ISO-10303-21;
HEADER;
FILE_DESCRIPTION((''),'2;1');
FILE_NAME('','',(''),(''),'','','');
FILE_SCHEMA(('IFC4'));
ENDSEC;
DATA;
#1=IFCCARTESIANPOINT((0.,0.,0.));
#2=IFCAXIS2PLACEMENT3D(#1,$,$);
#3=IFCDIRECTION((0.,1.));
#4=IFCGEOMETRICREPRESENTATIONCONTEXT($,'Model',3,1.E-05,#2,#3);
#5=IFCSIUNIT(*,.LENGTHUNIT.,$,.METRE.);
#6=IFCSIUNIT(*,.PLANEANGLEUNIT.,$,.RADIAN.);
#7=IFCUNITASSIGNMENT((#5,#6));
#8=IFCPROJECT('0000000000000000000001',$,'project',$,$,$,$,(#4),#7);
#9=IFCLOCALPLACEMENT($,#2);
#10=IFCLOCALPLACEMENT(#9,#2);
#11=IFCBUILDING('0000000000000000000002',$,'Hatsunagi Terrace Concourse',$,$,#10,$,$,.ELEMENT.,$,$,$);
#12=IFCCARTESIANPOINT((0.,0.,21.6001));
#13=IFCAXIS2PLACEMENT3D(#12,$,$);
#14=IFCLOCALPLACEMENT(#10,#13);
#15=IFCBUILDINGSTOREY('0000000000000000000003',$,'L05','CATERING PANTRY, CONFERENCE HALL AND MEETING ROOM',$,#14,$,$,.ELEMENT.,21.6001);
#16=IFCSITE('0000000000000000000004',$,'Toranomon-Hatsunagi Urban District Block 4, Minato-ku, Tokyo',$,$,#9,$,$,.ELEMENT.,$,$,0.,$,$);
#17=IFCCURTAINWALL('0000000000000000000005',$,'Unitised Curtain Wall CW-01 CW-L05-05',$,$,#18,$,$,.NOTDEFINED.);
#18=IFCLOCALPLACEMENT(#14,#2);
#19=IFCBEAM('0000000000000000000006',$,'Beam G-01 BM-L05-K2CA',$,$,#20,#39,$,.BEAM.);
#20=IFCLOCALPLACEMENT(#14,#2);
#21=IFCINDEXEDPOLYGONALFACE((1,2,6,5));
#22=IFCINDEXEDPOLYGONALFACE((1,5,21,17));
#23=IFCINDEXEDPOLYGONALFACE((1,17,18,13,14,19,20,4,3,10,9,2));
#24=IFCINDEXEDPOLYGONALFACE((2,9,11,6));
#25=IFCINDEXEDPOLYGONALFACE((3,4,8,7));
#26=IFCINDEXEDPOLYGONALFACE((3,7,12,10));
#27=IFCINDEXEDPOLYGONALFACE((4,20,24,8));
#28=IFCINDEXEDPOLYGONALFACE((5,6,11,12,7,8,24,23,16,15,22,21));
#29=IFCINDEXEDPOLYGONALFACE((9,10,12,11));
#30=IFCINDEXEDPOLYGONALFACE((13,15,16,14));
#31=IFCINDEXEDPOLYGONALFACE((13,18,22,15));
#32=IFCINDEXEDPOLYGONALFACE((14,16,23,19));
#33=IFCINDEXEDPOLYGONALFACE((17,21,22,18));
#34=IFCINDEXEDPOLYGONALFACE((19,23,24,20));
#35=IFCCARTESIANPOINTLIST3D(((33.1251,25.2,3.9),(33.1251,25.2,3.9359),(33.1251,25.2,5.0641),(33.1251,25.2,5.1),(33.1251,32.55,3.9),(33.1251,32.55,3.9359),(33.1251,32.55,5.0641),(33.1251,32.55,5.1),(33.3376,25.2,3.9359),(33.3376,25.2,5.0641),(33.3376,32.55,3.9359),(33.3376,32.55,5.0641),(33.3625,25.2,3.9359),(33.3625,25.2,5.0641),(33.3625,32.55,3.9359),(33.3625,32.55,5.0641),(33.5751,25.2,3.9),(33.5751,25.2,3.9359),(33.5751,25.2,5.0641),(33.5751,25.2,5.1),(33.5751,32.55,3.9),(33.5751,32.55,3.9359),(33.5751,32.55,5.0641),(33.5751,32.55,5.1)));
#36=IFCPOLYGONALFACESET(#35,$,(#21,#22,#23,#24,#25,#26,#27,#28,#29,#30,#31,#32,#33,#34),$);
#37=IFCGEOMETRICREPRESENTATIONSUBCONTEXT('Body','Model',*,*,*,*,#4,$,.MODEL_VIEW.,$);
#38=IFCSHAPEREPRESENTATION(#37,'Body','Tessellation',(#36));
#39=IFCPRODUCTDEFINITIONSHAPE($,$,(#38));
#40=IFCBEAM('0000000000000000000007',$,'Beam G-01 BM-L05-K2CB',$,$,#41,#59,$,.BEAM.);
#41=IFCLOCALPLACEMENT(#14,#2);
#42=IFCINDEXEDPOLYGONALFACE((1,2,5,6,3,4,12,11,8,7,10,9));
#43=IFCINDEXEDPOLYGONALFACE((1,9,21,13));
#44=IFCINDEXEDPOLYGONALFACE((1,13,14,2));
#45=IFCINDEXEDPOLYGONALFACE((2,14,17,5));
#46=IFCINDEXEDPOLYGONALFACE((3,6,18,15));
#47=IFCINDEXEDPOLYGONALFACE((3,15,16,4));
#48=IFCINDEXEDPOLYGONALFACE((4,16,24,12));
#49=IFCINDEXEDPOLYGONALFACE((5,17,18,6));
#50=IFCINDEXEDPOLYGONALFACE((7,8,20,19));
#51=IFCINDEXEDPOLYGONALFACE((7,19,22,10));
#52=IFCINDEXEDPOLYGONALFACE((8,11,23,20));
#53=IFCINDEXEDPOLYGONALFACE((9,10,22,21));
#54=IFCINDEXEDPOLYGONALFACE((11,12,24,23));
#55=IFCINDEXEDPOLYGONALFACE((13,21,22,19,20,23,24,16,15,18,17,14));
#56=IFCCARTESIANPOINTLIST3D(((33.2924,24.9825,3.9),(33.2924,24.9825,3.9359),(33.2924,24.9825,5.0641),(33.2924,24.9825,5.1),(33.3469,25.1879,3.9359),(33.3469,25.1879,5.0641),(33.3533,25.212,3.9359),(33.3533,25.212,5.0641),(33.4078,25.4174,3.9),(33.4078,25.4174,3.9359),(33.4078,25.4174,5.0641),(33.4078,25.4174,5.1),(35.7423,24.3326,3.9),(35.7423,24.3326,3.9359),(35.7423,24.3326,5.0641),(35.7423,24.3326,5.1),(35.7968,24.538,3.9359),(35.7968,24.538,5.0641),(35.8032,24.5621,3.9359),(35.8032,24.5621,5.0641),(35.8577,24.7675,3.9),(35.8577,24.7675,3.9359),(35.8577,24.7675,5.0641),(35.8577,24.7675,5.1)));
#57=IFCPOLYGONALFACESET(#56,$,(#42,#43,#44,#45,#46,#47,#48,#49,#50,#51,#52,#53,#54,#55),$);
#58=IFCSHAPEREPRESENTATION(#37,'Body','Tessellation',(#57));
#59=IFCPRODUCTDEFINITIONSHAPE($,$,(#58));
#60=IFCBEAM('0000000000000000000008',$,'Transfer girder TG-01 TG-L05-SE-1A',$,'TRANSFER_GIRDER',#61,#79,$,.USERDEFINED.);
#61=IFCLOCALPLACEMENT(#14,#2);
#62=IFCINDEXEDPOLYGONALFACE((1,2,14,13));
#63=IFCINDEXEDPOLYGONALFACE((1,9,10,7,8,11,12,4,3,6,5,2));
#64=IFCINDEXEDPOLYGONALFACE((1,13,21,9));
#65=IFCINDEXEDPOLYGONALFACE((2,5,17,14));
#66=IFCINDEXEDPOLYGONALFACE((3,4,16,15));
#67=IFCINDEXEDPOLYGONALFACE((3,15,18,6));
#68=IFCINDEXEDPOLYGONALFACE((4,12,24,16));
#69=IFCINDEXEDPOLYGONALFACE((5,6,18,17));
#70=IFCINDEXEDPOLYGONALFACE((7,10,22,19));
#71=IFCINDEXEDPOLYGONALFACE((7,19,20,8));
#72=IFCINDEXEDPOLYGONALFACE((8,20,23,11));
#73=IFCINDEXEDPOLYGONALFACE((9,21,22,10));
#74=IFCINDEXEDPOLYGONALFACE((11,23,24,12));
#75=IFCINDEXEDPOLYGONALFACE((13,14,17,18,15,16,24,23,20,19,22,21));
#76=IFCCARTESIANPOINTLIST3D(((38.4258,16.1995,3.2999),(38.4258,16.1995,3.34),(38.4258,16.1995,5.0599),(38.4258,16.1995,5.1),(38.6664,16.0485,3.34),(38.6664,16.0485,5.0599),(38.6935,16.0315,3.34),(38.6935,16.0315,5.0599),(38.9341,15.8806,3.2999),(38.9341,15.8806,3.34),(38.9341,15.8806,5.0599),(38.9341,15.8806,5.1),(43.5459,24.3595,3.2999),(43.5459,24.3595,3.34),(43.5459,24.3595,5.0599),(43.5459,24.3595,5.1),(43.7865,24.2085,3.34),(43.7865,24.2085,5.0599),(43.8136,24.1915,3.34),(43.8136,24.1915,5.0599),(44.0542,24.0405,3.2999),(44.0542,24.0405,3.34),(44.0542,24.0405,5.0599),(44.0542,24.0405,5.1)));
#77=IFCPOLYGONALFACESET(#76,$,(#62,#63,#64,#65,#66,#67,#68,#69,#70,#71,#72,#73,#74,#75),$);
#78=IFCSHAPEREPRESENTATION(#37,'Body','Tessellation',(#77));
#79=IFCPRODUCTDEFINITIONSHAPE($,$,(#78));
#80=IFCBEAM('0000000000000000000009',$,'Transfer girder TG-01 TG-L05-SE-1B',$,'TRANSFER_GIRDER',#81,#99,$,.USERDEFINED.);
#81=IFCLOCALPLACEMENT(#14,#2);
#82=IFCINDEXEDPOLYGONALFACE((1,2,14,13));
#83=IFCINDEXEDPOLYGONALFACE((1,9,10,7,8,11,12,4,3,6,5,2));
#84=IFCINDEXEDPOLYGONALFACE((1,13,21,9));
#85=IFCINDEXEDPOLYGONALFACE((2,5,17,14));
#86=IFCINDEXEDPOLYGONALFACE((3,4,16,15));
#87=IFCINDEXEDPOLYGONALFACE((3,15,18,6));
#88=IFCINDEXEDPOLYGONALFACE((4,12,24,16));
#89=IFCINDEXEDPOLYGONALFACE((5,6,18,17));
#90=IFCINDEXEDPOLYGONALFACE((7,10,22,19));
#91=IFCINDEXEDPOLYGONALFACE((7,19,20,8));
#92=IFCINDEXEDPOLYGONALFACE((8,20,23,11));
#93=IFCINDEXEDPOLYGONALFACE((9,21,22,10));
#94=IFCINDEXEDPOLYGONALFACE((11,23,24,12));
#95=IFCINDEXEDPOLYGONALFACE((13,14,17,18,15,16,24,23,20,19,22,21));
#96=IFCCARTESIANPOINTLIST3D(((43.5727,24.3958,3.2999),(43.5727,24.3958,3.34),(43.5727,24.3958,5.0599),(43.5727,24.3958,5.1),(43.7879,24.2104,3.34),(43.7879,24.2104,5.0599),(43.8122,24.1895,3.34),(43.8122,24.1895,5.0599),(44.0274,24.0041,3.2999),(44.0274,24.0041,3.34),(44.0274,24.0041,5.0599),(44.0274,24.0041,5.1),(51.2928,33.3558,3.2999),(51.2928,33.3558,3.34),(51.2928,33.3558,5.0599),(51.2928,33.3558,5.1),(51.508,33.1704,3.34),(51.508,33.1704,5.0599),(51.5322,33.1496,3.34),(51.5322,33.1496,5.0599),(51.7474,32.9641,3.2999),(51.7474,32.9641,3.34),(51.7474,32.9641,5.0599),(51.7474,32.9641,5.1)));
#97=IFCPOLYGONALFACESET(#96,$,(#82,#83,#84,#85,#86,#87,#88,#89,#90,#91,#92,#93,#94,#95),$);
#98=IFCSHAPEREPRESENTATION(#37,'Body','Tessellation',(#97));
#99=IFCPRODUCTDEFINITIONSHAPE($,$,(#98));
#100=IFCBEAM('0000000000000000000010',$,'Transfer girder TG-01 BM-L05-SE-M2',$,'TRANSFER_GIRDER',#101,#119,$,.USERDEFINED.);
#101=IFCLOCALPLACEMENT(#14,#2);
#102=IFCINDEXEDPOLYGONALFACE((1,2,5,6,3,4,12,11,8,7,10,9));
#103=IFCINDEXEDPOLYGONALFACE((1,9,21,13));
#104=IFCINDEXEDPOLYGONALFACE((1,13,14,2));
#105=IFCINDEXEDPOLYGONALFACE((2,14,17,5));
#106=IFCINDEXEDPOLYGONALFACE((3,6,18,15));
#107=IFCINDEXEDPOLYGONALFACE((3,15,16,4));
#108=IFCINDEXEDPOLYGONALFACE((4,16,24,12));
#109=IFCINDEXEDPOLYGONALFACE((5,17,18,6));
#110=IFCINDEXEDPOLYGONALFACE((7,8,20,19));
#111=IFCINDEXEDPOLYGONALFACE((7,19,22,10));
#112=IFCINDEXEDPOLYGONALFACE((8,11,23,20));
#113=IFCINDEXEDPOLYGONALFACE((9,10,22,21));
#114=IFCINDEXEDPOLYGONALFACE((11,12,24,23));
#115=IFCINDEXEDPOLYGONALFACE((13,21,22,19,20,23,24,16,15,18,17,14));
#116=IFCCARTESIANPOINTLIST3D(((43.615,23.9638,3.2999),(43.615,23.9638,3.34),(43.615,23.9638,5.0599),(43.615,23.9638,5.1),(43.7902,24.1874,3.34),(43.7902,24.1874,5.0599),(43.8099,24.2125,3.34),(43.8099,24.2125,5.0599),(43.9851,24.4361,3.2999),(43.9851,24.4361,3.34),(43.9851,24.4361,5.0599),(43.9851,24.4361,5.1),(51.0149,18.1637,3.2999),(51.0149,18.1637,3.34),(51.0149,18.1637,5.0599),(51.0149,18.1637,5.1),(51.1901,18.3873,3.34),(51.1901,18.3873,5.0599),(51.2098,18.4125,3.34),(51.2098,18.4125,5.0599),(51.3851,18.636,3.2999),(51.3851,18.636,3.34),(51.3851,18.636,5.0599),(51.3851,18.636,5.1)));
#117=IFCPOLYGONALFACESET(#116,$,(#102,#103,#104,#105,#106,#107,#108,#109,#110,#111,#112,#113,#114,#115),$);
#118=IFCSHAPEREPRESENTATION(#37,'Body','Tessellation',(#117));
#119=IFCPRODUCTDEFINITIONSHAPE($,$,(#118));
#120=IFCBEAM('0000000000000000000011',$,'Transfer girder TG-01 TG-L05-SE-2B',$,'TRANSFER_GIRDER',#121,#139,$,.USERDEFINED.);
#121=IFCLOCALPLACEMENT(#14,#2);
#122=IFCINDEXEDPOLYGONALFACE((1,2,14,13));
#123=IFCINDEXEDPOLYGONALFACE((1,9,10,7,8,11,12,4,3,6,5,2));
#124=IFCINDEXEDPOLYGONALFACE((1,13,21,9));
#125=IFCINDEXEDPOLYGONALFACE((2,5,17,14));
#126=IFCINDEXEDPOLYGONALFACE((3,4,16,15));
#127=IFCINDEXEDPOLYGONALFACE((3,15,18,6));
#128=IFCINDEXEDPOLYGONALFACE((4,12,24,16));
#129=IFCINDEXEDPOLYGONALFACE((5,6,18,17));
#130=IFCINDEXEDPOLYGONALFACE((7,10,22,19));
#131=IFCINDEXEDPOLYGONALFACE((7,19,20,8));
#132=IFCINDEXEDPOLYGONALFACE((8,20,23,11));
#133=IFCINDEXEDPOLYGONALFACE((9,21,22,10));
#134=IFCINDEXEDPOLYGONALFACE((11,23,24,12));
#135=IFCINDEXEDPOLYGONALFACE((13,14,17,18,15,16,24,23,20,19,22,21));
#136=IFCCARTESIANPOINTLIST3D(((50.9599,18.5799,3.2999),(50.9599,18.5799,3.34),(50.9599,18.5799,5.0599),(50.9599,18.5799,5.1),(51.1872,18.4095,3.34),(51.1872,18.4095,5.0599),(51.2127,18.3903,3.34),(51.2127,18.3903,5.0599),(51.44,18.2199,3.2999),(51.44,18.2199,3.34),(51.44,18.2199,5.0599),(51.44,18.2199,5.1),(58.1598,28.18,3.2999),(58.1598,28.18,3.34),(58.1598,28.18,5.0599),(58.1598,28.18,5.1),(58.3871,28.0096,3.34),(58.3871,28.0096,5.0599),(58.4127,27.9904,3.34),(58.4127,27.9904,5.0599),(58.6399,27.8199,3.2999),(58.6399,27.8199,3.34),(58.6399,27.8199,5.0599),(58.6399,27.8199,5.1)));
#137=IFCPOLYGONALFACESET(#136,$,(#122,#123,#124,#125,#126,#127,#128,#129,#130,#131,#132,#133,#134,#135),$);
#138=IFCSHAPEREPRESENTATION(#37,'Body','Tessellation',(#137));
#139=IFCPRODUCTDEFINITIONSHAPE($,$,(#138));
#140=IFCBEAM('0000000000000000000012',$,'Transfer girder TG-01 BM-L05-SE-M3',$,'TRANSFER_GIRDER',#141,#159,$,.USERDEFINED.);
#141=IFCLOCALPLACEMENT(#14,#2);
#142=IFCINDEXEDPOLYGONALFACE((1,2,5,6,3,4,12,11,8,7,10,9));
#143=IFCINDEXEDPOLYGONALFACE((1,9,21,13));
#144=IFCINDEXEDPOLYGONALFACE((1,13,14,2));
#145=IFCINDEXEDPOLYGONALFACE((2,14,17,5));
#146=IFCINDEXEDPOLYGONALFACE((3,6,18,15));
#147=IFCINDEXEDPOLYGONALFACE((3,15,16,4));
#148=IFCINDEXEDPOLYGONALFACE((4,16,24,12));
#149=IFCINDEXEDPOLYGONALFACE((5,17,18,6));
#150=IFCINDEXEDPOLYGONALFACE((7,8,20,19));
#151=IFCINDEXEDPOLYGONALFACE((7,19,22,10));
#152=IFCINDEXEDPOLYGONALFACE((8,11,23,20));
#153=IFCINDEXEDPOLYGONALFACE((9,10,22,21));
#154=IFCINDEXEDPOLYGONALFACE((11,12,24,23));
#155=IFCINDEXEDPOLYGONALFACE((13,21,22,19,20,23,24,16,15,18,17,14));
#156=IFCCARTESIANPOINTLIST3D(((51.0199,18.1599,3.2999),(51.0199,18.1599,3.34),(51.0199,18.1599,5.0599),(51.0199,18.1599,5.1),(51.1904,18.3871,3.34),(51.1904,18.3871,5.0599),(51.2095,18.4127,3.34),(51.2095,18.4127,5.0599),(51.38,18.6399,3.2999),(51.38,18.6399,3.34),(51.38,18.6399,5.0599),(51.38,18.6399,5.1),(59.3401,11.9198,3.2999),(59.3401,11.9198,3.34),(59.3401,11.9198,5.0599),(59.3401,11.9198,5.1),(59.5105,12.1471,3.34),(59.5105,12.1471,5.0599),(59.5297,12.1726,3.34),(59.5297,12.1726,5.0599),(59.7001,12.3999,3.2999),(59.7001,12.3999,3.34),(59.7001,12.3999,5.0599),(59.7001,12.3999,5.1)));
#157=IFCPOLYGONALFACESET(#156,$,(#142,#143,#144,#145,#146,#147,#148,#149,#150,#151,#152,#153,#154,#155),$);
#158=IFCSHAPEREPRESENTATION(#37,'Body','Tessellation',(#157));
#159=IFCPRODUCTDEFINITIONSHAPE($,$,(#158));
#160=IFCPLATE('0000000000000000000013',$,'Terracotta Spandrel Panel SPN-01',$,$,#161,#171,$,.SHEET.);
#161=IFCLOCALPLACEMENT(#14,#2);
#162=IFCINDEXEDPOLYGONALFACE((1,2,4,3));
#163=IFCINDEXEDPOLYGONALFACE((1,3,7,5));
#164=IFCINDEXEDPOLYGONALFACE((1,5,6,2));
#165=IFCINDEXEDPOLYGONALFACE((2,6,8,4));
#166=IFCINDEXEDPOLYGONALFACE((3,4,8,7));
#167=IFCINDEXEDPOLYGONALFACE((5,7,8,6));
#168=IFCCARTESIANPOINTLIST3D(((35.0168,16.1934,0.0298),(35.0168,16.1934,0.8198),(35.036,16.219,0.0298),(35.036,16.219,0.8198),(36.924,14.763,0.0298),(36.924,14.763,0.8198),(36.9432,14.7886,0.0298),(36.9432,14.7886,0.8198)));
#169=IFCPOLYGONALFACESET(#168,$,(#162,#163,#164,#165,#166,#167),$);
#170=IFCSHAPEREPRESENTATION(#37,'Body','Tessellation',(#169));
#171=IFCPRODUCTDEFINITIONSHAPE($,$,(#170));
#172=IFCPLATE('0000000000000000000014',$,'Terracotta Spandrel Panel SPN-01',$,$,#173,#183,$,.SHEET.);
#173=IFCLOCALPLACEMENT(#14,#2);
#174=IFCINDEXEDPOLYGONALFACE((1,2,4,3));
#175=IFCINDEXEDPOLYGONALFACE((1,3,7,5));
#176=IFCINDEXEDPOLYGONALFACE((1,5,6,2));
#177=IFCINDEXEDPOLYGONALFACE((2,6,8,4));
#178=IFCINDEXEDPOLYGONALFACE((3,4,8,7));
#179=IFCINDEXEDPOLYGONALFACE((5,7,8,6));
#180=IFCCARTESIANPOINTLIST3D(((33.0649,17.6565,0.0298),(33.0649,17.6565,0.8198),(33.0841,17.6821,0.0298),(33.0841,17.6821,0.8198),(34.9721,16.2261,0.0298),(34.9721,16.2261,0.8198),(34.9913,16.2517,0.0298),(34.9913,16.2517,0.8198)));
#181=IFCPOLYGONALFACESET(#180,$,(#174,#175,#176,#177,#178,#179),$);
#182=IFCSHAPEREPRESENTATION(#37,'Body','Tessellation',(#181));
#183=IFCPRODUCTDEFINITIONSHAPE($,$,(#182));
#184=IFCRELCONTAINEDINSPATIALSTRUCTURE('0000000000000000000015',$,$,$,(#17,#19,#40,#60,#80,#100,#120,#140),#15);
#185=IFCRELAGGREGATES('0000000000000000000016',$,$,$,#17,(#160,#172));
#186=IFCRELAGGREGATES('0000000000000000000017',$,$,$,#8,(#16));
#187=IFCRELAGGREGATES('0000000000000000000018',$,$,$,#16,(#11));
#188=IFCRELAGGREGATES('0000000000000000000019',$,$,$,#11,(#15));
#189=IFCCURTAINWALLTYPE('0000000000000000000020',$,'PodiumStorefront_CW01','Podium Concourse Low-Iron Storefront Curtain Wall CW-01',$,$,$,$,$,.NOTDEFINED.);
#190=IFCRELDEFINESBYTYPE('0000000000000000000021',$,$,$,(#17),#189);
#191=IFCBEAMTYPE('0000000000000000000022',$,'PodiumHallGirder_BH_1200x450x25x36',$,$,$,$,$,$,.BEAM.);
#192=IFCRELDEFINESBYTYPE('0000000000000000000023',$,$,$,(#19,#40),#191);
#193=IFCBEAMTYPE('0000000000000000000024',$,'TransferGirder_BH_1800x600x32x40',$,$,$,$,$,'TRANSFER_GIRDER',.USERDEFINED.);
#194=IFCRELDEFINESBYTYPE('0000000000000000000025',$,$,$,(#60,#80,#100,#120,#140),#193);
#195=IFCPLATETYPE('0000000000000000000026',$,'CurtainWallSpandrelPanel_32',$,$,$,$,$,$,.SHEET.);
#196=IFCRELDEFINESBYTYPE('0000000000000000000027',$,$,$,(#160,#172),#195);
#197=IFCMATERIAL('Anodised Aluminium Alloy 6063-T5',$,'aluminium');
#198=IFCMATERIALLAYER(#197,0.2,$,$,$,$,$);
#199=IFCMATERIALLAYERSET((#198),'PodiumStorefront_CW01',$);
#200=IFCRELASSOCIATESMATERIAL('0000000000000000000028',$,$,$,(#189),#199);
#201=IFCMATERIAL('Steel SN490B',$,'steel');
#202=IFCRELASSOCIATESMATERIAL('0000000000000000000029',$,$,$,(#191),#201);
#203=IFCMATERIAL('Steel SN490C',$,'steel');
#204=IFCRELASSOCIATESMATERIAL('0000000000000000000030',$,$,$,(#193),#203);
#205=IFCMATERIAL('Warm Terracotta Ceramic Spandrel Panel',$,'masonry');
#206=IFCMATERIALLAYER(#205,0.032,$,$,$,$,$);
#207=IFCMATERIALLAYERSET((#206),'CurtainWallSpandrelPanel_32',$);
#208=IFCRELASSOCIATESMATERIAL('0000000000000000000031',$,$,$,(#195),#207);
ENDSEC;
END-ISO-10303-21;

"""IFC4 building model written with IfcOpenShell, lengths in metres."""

from ifc_helpers import new_model, si_unit, direction, frame, origin, origin_2d, place, context, subcontext, project, spatial, rectangle, i_section, extrude, material, layer, layer_set, material_profile, profile_set, type_object, element, aggregate, save


model = new_model("IFC4")

# Units and contexts
model_context = context("Model", 3, precision=1e-05, world=origin(), true_north=direction((0.0, 1.0)))
body_context = subcontext(model_context, "Body", "Model", "MODEL_VIEW")
ifc_project = project(units=[si_unit("LENGTHUNIT", "METRE"), si_unit("PLANEANGLEUNIT", "RADIAN")], contexts=[model_context])

# Site, building, storey
site_placement = place(None, origin())
site = spatial("IfcSite", under=ifc_project, at=site_placement, Name="Toranomon-Hatsunagi Urban District Block 4, Minato-ku, Tokyo", CompositionType="ELEMENT", RefElevation=0.0)
building_placement = place(site_placement, origin())
building = spatial("IfcBuilding", under=site, at=building_placement, Name="Hatsunagi Terrace Concourse", CompositionType="ELEMENT")
storey_placement = place(building_placement, frame((0.0, 0.0, 21.6001)))
storey = spatial("IfcBuildingStorey", under=building, at=storey_placement, Name="L05", Description="CATERING PANTRY, CONFERENCE HALL AND MEETING ROOM", CompositionType="ELEMENT", Elevation=21.6001)

# Curtain wall
ifc_material_1 = material(Name="Anodised Aluminium Alloy 6063-T5", Category="aluminium")
ifc_layer_1 = layer(ifc_material_1, 0.2)
ifc_layer_set_1 = layer_set([ifc_layer_1], Name="PodiumStorefront_CW01")
curtain_wall_type = type_object("IfcCurtainWallType", Name="PodiumStorefront_CW01", Description="Podium Concourse Low-Iron Storefront Curtain Wall CW-01", PredefinedType="NOTDEFINED", material=ifc_layer_set_1)
curtain_wall_placement = place(storey_placement, origin())
curtain_wall = element("IfcCurtainWall", 1, at=curtain_wall_placement, inside=storey, type_object=curtain_wall_type, Name="Unitised Curtain Wall CW-01 CW-L05-05", PredefinedType="NOTDEFINED")

# Beams
ifc_material_2 = material(Name="Steel SN490B", Category="steel")
ifc_material_profile_1 = material_profile(ifc_material_2, i_section(OverallWidth=0.45, OverallDepth=1.2, WebThickness=0.0249, FlangeThickness=0.0359, at=origin_2d()), Name="BH-1200x450x25x36")
ifc_profile_set_1 = profile_set([ifc_material_profile_1], Name="Steel SN490B")
beam_type_1 = type_object("IfcBeamType", Name="PodiumHallGirder_BH_1200x450x25x36", PredefinedType="BEAM", material=ifc_profile_set_1)
beam_1_placement = place(storey_placement, frame((33.3501, 25.2, 4.5), z_axis=(0.0, 1.0, 0.0), x_axis=(-1.0, 0.0, 0.0)))
element("IfcBeam", 2, at=beam_1_placement, inside=storey, type_object=beam_type_1, Name="Beam G-01 BM-L05-K2CA", PredefinedType="BEAM", context=body_context, shape_type="SweptSolid", body=[
    extrude(i_section(OverallWidth=0.45, OverallDepth=1.2, WebThickness=0.0249, FlangeThickness=0.0359, at=origin_2d()), origin(), (0.0, 0.0, 1.0), 7.3501),
])
beam_2_placement = place(storey_placement, frame((33.3501, 25.2, 4.5), z_axis=(0.96657, -0.256403, 0.0), x_axis=(0.256403, 0.96657, 0.0)))
element("IfcBeam", 3, at=beam_2_placement, inside=storey, type_object=beam_type_1, Name="Beam G-01 BM-L05-K2CB", PredefinedType="BEAM", context=body_context, shape_type="SweptSolid", body=[
    extrude(i_section(OverallWidth=0.45, OverallDepth=1.2, WebThickness=0.0249, FlangeThickness=0.0359, at=origin_2d()), origin(), (0.0, 0.0, 1.0), 2.5347),
])
ifc_material_3 = material(Name="Steel SN490C", Category="steel")
ifc_material_profile_2 = material_profile(ifc_material_3, i_section(OverallWidth=0.6001, OverallDepth=1.8, WebThickness=0.032, FlangeThickness=0.04, at=origin_2d()), Name="BH-1800x600x32x40")
ifc_profile_set_2 = profile_set([ifc_material_profile_2], Name="Steel SN490C")
beam_type_2 = type_object("IfcBeamType", Name="TransferGirder_BH_1800x600x32x40", ElementType="TRANSFER_GIRDER", PredefinedType="USERDEFINED", material=ifc_profile_set_2)
beam_3_placement = place(storey_placement, frame((38.6799, 16.04, 4.2), z_axis=(0.531504, 0.847056, 0.0), x_axis=(-0.847056, 0.531504, 0.0)))
element("IfcBeam", 4, at=beam_3_placement, inside=storey, type_object=beam_type_2, Name="Transfer girder TG-01 TG-L05-SE-1A", ObjectType="TRANSFER_GIRDER", PredefinedType="USERDEFINED", context=body_context, shape_type="SweptSolid", body=[
    extrude(i_section(OverallWidth=0.6001, OverallDepth=1.8, WebThickness=0.032, FlangeThickness=0.04, at=origin_2d()), origin(), (0.0, 0.0, 1.0), 9.6333),
])
beam_4_placement = place(storey_placement, frame((43.8, 24.2, 4.2), z_axis=(0.652739, 0.757583, 0.0), x_axis=(-0.757583, 0.652739, 0.0)))
element("IfcBeam", 5, at=beam_4_placement, inside=storey, type_object=beam_type_2, Name="Transfer girder TG-01 TG-L05-SE-1B", ObjectType="TRANSFER_GIRDER", PredefinedType="USERDEFINED", context=body_context, shape_type="SweptSolid", body=[
    extrude(i_section(OverallWidth=0.6001, OverallDepth=1.8, WebThickness=0.032, FlangeThickness=0.04, at=origin_2d()), origin(), (0.0, 0.0, 1.0), 11.8271),
])
beam_5_placement = place(storey_placement, frame((43.8, 24.2, 4.2), z_axis=(0.787049, -0.61689, 0.0), x_axis=(0.61689, 0.787049, 0.0)))
element("IfcBeam", 6, at=beam_5_placement, inside=storey, type_object=beam_type_2, Name="Transfer girder TG-01 BM-L05-SE-M2", ObjectType="TRANSFER_GIRDER", PredefinedType="USERDEFINED", context=body_context, shape_type="SweptSolid", body=[
    extrude(i_section(OverallWidth=0.6001, OverallDepth=1.8, WebThickness=0.032, FlangeThickness=0.04, at=origin_2d()), origin(), (0.0, 0.0, 1.0), 9.4021),
])
beam_6_placement = place(storey_placement, frame((51.2, 18.3999, 4.2), z_axis=(0.599993, 0.800005, 0.0), x_axis=(-0.800005, 0.599993, 0.0)))
element("IfcBeam", 7, at=beam_6_placement, inside=storey, type_object=beam_type_2, Name="Transfer girder TG-01 TG-L05-SE-2B", ObjectType="TRANSFER_GIRDER", PredefinedType="USERDEFINED", context=body_context, shape_type="SweptSolid", body=[
    extrude(i_section(OverallWidth=0.6001, OverallDepth=1.8, WebThickness=0.032, FlangeThickness=0.04, at=origin_2d()), origin(), (0.0, 0.0, 1.0), 12.0),
])
beam_7_placement = place(storey_placement, frame((51.2, 18.3999, 4.2), z_axis=(0.800003, -0.599996, 0.0), x_axis=(0.599996, 0.800003, 0.0)))
element("IfcBeam", 8, at=beam_7_placement, inside=storey, type_object=beam_type_2, Name="Transfer girder TG-01 BM-L05-SE-M3", ObjectType="TRANSFER_GIRDER", PredefinedType="USERDEFINED", context=body_context, shape_type="SweptSolid", body=[
    extrude(i_section(OverallWidth=0.6001, OverallDepth=1.8, WebThickness=0.032, FlangeThickness=0.04, at=origin_2d()), origin(), (0.0, 0.0, 1.0), 10.4001),
])

# Plates
ifc_material_4 = material(Name="Warm Terracotta Ceramic Spandrel Panel", Category="masonry")
ifc_layer_2 = layer(ifc_material_4, 0.032)
ifc_layer_set_2 = layer_set([ifc_layer_2], Name="CurtainWallSpandrelPanel_32")
plate_type_1 = type_object("IfcPlateType", Name="CurtainWallSpandrelPanel_32", PredefinedType="SHEET", material=ifc_layer_set_2)
plate_1_placement = place(storey_placement, frame((35.98, 15.491, 0.0298), z_axis=(0.0, 0.0, 1.0), x_axis=(-0.800003, 0.599996, 0.0)))
plate_1 = element("IfcPlate", 9, at=plate_1_placement, type_object=plate_type_1, Name="Terracotta Spandrel Panel SPN-01", PredefinedType="SHEET", context=body_context, shape_type="SweptSolid", body=[
    extrude(rectangle(XDim=2.384, YDim=0.032, at=origin_2d()), origin(), (0.0, 0.0, 1.0), 0.79),
])
plate_2_placement = place(storey_placement, frame((34.0281, 16.9541, 0.0298), z_axis=(0.0, 0.0, 1.0), x_axis=(-0.800003, 0.599996, 0.0)))
plate_2 = element("IfcPlate", 10, at=plate_2_placement, type_object=plate_type_1, Name="Terracotta Spandrel Panel SPN-01", PredefinedType="SHEET", context=body_context, shape_type="SweptSolid", body=[
    extrude(rectangle(XDim=2.384, YDim=0.032, at=origin_2d()), origin(), (0.0, 0.0, 1.0), 0.79),
])
aggregate(curtain_wall, [plate_1, plate_2])

save(model, "model.ifc")
